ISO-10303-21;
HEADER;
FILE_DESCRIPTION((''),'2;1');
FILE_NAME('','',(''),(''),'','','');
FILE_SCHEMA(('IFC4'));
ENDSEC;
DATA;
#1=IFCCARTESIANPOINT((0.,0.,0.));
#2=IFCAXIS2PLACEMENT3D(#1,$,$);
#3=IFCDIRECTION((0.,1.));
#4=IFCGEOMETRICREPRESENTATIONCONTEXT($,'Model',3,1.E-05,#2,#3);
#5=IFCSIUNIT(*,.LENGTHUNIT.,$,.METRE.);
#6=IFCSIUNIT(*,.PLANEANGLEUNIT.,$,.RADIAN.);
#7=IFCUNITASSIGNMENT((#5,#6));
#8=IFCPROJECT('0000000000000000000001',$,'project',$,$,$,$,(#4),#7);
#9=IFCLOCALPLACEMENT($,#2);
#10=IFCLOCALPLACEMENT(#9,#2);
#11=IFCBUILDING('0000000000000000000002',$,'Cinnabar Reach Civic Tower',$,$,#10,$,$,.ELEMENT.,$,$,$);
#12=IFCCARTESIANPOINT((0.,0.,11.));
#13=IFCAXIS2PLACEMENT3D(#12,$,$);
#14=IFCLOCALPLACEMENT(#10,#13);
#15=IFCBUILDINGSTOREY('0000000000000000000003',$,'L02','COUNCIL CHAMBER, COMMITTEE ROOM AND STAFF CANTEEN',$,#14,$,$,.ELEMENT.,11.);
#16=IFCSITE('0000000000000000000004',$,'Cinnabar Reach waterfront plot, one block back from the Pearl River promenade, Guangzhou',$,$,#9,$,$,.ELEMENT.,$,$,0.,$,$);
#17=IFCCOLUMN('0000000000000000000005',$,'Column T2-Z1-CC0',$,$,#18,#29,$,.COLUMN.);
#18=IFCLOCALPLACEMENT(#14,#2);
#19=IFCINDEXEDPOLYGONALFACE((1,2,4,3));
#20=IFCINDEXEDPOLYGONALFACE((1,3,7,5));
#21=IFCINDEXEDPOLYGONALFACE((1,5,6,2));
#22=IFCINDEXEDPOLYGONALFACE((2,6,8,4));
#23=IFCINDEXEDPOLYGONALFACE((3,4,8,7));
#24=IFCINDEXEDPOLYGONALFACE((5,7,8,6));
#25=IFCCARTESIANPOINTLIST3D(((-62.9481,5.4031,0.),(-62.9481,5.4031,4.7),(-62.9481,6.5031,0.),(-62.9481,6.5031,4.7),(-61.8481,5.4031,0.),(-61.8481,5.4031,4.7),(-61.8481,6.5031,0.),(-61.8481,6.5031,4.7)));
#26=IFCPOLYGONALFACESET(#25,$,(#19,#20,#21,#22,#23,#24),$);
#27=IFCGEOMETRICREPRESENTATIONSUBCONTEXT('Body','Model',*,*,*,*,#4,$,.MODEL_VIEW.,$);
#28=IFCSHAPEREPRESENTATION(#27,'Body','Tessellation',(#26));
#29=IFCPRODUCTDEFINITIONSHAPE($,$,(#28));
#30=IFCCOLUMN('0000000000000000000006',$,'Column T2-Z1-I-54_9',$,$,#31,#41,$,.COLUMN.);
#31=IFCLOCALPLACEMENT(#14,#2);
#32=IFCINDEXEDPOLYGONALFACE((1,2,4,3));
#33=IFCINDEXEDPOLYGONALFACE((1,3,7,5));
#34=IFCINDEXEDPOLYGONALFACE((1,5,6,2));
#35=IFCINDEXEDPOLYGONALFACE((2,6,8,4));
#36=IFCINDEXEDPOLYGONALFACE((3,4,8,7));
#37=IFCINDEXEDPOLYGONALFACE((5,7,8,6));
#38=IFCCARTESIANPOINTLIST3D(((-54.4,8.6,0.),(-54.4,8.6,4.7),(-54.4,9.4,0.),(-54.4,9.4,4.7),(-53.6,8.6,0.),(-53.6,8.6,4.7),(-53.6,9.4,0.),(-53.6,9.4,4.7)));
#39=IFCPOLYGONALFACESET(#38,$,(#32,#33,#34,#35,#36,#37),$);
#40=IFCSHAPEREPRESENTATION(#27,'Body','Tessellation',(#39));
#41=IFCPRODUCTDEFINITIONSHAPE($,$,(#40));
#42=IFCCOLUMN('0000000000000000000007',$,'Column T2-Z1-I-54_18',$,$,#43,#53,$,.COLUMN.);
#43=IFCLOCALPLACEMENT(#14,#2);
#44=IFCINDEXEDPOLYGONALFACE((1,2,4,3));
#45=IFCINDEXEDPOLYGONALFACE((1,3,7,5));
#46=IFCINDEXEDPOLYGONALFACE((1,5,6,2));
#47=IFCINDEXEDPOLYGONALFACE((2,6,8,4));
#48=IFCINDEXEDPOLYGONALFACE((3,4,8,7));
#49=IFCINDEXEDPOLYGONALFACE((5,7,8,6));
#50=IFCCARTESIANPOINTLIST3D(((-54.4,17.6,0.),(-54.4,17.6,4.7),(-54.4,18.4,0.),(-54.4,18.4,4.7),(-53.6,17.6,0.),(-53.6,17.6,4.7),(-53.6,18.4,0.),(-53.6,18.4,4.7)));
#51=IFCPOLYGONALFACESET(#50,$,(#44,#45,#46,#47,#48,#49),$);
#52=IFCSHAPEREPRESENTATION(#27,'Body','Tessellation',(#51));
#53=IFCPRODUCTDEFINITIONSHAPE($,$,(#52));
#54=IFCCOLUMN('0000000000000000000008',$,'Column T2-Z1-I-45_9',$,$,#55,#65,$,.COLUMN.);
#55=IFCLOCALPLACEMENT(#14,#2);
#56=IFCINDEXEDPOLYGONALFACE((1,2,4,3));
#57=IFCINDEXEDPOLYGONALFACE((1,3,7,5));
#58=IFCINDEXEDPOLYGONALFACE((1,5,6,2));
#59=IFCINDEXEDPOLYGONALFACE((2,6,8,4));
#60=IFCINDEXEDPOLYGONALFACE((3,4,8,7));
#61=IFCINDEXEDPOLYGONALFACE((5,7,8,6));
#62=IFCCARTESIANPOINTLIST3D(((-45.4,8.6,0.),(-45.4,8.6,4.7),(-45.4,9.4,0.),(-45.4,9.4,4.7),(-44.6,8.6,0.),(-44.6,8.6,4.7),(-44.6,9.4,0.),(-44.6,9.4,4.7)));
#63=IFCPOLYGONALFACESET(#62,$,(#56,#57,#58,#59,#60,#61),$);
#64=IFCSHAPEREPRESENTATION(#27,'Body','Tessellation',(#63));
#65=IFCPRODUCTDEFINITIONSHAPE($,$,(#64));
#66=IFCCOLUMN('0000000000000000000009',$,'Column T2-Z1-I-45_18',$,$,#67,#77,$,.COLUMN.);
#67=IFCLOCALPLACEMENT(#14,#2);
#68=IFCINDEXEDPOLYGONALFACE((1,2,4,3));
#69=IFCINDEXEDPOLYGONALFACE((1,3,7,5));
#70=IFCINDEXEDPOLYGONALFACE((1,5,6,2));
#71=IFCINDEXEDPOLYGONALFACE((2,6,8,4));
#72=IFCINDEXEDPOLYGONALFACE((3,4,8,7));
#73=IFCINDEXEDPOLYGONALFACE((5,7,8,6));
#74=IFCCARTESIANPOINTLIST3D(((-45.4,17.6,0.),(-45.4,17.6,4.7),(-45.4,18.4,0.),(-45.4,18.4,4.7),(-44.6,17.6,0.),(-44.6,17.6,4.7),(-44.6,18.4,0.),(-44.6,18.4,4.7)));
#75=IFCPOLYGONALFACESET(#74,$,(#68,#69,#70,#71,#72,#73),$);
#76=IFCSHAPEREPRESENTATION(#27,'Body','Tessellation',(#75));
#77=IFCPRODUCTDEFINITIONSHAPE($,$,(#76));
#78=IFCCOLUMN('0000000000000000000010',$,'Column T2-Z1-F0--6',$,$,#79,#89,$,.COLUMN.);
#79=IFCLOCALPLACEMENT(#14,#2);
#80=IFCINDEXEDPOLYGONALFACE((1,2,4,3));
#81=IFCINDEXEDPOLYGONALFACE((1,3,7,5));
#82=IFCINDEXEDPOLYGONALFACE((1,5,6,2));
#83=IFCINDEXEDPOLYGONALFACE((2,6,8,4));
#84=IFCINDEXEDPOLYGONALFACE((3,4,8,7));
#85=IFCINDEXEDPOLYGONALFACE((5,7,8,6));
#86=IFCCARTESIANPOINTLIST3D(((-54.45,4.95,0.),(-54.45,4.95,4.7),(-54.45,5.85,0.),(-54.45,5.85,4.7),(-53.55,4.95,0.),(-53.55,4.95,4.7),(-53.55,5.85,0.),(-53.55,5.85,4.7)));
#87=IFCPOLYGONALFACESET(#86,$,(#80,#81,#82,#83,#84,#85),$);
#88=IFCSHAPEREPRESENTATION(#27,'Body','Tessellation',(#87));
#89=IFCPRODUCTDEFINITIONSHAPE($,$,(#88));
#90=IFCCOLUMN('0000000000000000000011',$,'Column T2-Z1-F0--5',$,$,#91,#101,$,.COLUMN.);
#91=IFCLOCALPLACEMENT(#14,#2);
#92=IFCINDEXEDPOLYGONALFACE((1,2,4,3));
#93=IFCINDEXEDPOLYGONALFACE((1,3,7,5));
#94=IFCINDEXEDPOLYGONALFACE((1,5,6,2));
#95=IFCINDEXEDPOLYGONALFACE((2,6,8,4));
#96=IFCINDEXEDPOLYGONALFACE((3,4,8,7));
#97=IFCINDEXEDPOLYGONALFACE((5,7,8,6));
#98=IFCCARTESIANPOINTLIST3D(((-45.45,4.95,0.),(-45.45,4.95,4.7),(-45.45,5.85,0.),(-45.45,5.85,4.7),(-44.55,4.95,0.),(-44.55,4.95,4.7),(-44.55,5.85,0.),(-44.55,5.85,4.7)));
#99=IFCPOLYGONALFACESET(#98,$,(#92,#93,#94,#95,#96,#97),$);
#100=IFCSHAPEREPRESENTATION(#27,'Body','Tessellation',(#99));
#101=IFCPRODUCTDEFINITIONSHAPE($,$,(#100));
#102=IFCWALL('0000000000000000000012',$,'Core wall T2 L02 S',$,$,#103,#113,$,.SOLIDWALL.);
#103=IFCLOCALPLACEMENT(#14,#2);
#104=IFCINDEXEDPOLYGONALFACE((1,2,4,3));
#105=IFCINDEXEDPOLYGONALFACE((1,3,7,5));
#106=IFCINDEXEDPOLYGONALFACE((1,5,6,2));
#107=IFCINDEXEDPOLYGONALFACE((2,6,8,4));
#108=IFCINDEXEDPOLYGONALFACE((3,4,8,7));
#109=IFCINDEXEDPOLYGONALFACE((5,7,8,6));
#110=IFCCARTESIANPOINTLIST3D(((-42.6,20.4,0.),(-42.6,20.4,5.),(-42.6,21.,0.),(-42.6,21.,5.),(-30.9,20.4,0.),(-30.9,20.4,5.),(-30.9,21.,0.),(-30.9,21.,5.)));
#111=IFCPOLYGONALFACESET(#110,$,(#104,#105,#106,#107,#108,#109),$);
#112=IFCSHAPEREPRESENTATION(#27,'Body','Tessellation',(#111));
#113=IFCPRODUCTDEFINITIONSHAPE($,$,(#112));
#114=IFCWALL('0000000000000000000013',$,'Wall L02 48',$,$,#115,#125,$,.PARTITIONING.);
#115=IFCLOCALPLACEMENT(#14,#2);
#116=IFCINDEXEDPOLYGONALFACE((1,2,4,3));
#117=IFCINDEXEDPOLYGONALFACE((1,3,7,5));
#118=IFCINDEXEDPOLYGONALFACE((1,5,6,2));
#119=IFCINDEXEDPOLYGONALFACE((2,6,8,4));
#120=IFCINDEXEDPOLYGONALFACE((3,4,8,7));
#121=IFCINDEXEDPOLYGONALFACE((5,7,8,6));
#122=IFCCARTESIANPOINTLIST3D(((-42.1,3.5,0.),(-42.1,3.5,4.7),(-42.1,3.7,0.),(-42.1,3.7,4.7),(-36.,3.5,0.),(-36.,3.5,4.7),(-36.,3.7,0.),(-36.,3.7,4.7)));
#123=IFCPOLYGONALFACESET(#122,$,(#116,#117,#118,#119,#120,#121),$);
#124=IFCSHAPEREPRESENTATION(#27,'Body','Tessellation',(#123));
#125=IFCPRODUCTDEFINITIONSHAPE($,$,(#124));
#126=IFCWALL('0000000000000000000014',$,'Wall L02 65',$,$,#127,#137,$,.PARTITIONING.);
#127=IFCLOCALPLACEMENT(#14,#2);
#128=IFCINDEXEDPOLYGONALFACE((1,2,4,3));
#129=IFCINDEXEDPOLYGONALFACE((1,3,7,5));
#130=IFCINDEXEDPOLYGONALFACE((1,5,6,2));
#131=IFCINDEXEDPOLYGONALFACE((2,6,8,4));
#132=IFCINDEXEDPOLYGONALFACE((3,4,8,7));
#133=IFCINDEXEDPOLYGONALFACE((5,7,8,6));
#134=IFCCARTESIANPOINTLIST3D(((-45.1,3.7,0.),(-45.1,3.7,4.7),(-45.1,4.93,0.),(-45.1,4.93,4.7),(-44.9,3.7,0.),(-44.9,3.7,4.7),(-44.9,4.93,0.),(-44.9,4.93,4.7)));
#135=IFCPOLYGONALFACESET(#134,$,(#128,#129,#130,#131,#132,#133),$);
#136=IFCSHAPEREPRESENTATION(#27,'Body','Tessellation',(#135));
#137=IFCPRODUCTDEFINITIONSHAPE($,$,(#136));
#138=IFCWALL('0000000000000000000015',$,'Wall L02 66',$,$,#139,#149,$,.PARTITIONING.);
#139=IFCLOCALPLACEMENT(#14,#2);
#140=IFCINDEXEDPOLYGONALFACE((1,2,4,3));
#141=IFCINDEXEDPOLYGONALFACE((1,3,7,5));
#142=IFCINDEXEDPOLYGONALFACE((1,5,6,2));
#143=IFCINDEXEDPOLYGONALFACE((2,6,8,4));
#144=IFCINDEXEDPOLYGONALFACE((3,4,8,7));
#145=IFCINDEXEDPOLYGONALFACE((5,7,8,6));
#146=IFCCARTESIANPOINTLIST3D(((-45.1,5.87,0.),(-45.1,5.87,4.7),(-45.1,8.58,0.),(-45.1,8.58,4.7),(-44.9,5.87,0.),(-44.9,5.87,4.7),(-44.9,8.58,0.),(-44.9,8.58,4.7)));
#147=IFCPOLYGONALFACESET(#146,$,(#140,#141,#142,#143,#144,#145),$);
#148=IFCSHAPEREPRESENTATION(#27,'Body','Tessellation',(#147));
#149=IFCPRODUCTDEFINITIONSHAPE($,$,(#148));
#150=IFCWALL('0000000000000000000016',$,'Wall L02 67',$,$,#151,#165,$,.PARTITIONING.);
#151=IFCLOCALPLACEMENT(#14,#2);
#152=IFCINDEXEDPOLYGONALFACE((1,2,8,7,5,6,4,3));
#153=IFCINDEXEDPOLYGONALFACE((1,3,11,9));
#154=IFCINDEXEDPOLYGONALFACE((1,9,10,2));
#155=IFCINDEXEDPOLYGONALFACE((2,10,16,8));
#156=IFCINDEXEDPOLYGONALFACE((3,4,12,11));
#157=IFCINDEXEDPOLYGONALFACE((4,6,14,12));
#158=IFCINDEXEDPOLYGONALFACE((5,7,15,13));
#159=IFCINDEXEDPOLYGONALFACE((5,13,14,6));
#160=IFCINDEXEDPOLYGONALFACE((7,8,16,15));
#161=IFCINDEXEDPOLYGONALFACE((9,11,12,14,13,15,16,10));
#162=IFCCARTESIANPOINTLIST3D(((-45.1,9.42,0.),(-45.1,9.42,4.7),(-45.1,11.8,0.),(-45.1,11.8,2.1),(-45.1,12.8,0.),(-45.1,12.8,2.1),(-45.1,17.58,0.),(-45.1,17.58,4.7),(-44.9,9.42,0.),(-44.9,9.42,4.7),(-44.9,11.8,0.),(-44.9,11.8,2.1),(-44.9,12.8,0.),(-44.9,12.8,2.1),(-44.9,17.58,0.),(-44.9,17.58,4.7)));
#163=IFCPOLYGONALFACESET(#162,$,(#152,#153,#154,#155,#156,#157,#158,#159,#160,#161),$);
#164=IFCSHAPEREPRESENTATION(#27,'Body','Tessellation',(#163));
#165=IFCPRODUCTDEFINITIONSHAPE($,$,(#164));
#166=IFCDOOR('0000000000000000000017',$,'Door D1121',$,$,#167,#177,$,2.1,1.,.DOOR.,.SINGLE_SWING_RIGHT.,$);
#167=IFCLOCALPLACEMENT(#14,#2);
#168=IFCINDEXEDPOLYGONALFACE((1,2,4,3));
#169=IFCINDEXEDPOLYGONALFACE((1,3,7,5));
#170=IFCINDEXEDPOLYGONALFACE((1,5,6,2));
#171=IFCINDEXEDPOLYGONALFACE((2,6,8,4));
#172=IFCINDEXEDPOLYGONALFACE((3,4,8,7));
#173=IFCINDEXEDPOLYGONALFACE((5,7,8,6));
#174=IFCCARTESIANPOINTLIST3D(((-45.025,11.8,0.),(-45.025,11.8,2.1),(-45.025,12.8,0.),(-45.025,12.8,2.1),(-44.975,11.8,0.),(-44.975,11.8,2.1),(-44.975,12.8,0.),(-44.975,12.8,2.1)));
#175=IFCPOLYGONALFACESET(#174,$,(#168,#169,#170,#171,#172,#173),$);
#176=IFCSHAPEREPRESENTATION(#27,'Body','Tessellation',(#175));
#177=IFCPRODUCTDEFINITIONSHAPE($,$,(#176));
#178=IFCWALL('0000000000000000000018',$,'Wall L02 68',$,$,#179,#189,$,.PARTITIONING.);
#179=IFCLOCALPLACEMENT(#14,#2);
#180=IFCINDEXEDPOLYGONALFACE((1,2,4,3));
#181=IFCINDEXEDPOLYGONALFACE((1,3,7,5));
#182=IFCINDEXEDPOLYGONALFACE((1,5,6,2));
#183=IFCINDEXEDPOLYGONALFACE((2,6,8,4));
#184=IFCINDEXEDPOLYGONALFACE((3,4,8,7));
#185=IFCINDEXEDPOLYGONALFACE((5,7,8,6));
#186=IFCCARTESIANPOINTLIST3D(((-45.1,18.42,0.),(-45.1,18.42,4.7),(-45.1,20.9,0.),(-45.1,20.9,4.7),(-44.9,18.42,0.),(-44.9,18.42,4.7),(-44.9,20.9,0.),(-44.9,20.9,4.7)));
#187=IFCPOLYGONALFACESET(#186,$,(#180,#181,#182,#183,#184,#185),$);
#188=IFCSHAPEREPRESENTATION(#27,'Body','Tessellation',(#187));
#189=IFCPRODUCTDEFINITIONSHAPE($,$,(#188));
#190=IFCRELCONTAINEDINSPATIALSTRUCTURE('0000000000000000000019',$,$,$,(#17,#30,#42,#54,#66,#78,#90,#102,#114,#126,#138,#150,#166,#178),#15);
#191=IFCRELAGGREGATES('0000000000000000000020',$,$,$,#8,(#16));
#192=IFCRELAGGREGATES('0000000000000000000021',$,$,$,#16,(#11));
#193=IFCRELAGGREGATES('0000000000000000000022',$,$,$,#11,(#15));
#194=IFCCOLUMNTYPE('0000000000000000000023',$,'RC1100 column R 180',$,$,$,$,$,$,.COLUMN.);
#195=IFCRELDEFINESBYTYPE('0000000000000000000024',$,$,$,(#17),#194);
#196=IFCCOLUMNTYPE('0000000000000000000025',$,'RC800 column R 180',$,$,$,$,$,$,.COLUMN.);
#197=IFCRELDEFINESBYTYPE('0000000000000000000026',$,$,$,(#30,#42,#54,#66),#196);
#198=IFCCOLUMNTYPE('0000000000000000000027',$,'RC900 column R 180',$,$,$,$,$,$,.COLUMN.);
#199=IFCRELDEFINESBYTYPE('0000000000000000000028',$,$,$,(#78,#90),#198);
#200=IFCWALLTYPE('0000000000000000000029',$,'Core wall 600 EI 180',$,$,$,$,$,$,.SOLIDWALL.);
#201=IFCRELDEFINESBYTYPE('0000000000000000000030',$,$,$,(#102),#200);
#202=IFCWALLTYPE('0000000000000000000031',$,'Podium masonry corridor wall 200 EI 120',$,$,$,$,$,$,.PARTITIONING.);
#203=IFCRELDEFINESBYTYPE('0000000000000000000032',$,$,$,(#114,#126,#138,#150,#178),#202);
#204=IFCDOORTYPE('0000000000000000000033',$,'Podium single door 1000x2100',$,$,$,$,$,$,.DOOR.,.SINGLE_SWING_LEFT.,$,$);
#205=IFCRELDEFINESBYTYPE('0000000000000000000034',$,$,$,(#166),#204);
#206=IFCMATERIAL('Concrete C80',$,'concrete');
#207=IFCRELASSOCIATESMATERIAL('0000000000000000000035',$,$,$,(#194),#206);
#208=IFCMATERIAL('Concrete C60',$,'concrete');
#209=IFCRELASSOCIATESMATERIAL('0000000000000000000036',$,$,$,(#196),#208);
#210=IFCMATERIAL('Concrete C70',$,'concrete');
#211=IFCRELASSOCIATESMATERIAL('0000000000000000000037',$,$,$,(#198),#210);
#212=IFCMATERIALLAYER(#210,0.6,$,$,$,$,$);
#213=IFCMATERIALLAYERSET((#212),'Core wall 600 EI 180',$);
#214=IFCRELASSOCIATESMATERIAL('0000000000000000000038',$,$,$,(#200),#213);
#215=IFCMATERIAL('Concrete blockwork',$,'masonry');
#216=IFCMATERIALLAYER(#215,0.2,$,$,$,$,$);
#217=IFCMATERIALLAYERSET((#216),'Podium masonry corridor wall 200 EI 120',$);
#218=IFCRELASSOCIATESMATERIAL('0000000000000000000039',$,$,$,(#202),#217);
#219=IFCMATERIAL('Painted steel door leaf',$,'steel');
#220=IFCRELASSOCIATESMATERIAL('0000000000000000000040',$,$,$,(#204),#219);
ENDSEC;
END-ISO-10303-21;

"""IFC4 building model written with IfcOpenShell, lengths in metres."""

from ifc_helpers import new_model, si_unit, direction, frame, frame_2d, origin, origin_2d, place, context, subcontext, project, spatial, rectangle, extrude, material, layer, layer_set, material_profile, profile_set, type_object, element, fill, save


model = new_model("IFC4")

# Units and contexts
model_context = context("Model", 3, precision=1e-05, world=origin(), true_north=direction((0.0, 1.0)))
body_context = subcontext(model_context, "Body", "Model", "MODEL_VIEW")
ifc_project = project(units=[si_unit("LENGTHUNIT", "METRE"), si_unit("PLANEANGLEUNIT", "RADIAN")], contexts=[model_context])

# Site, building, storey
site_placement = place(None, origin())
site = spatial("IfcSite", under=ifc_project, at=site_placement, Name="Cinnabar Reach waterfront plot, one block back from the Pearl River promenade, Guangzhou", CompositionType="ELEMENT", RefElevation=0.0)
building_placement = place(site_placement, origin())
building = spatial("IfcBuilding", under=site, at=building_placement, Name="Cinnabar Reach Civic Tower", CompositionType="ELEMENT")
storey_placement = place(building_placement, frame((0.0, 0.0, 11.0)))
storey = spatial("IfcBuildingStorey", under=building, at=storey_placement, Name="L02", Description="COUNCIL CHAMBER, COMMITTEE ROOM AND STAFF CANTEEN", CompositionType="ELEMENT", Elevation=11.0)

# Columns
ifc_material_1 = material(Name="Concrete C80", Category="concrete")
ifc_material_profile_1 = material_profile(ifc_material_1, rectangle(XDim=1.1, YDim=1.1, at=origin_2d()), Name="RC1100")
ifc_profile_set_1 = profile_set([ifc_material_profile_1], Name="Concrete C80")
column_type_1 = type_object("IfcColumnType", Name="RC1100 column R 180", PredefinedType="COLUMN", material=ifc_profile_set_1)
column_placement = place(storey_placement, frame((-62.3981, 5.9531, 0.0), z_axis=(0.0, 0.0, 1.0), x_axis=(1.0, 0.0, 0.0)))
element("IfcColumn", 1, at=column_placement, inside=storey, type_object=column_type_1, Name="Column T2-Z1-CC0", PredefinedType="COLUMN", context=body_context, shape_type="SweptSolid", body=[
    extrude(rectangle(XDim=1.1, YDim=1.1, at=origin_2d()), origin(), (0.0, 0.0, 1.0), 4.7),
])
ifc_material_2 = material(Name="Concrete C60", Category="concrete")
ifc_material_profile_2 = material_profile(ifc_material_2, rectangle(XDim=0.8, YDim=0.8, at=origin_2d()), Name="RC800")
ifc_profile_set_2 = profile_set([ifc_material_profile_2], Name="Concrete C60")
column_type_2 = type_object("IfcColumnType", Name="RC800 column R 180", PredefinedType="COLUMN", material=ifc_profile_set_2)
for number, where, z_axis, x_axis, name in (
    (2, (-54.0, 9.0, 0.0), (0.0, 0.0, 1.0), (1.0, 0.0, 0.0), "Column T2-Z1-I-54_9"),
    (3, (-54.0, 18.0, 0.0), (0.0, 0.0, 1.0), (1.0, 0.0, 0.0), "Column T2-Z1-I-54_18"),
    (4, (-45.0, 9.0, 0.0), (0.0, 0.0, 1.0), (1.0, 0.0, 0.0), "Column T2-Z1-I-45_9"),
    (5, (-45.0, 18.0, 0.0), (0.0, 0.0, 1.0), (1.0, 0.0, 0.0), "Column T2-Z1-I-45_18"),
):
    element("IfcColumn", number, at=place(storey_placement, frame(where, z_axis=z_axis, x_axis=x_axis)), inside=storey, type_object=column_type_2, Name=name, PredefinedType="COLUMN", context=body_context, shape_type="SweptSolid", body=[
        extrude(rectangle(XDim=0.8, YDim=0.8, at=origin_2d()), origin(), (0.0, 0.0, 1.0), 4.7),
    ])
ifc_material_3 = material(Name="Concrete C70", Category="concrete")
ifc_material_profile_3 = material_profile(ifc_material_3, rectangle(XDim=0.9, YDim=0.9, at=origin_2d()), Name="RC900")
ifc_profile_set_3 = profile_set([ifc_material_profile_3], Name="Concrete C70")
column_type_3 = type_object("IfcColumnType", Name="RC900 column R 180", PredefinedType="COLUMN", material=ifc_profile_set_3)
for number, where, z_axis, x_axis, name in (
    (6, (-54.0, 5.4, 0.0), (0.0, 0.0, 1.0), (1.0, 0.0, 0.0), "Column T2-Z1-F0--6"),
    (7, (-45.0, 5.4, 0.0), (0.0, 0.0, 1.0), (1.0, 0.0, 0.0), "Column T2-Z1-F0--5"),
):
    element("IfcColumn", number, at=place(storey_placement, frame(where, z_axis=z_axis, x_axis=x_axis)), inside=storey, type_object=column_type_3, Name=name, PredefinedType="COLUMN", context=body_context, shape_type="SweptSolid", body=[
        extrude(rectangle(XDim=0.9, YDim=0.9, at=origin_2d()), origin(), (0.0, 0.0, 1.0), 4.7),
    ])

# Walls
ifc_layer_1 = layer(ifc_material_3, 0.6)
ifc_layer_set_1 = layer_set([ifc_layer_1], Name="Core wall 600 EI 180")
wall_type_1 = type_object("IfcWallType", Name="Core wall 600 EI 180", PredefinedType="SOLIDWALL", material=ifc_layer_set_1)
wall_1_placement = place(storey_placement, frame((-42.6, 20.7, 0.0), z_axis=(0.0, 0.0, 1.0), x_axis=(1.0, 0.0, 0.0)))
element("IfcWall", 8, at=wall_1_placement, inside=storey, type_object=wall_type_1, Name="Core wall T2 L02 S", PredefinedType="SOLIDWALL", context=body_context, shape_type="SweptSolid", body=[
    extrude(rectangle(XDim=11.7, YDim=0.6, at=frame_2d((5.85, 0.0))), origin(), (0.0, 0.0, 1.0), 5.0),
])
ifc_material_4 = material(Name="Concrete blockwork", Category="masonry")
ifc_layer_2 = layer(ifc_material_4, 0.2)
ifc_layer_set_2 = layer_set([ifc_layer_2], Name="Podium masonry corridor wall 200 EI 120")
wall_type_2 = type_object("IfcWallType", Name="Podium masonry corridor wall 200 EI 120", PredefinedType="PARTITIONING", material=ifc_layer_set_2)
wall_2_placement = place(storey_placement, frame((-42.1, 3.6, 0.0), z_axis=(0.0, 0.0, 1.0), x_axis=(1.0, 0.0, 0.0)))
element("IfcWall", 9, at=wall_2_placement, inside=storey, type_object=wall_type_2, Name="Wall L02 48", PredefinedType="PARTITIONING", context=body_context, shape_type="SweptSolid", body=[
    extrude(rectangle(XDim=6.1, YDim=0.2, at=frame_2d((3.05, 0.0))), origin(), (0.0, 0.0, 1.0), 4.7),
])
wall_3_placement = place(storey_placement, frame((-45.0, 3.7, 0.0), z_axis=(0.0, 0.0, 1.0), x_axis=(0.0, 1.0, 0.0)))
element("IfcWall", 10, at=wall_3_placement, inside=storey, type_object=wall_type_2, Name="Wall L02 65", PredefinedType="PARTITIONING", context=body_context, shape_type="SweptSolid", body=[
    extrude(rectangle(XDim=1.23, YDim=0.2, at=frame_2d((0.615, 0.0))), origin(), (0.0, 0.0, 1.0), 4.7),
])
wall_4_placement = place(storey_placement, frame((-45.0, 5.87, 0.0), z_axis=(0.0, 0.0, 1.0), x_axis=(0.0, 1.0, 0.0)))
element("IfcWall", 11, at=wall_4_placement, inside=storey, type_object=wall_type_2, Name="Wall L02 66", PredefinedType="PARTITIONING", context=body_context, shape_type="SweptSolid", body=[
    extrude(rectangle(XDim=2.71, YDim=0.2, at=frame_2d((1.355, 0.0))), origin(), (0.0, 0.0, 1.0), 4.7),
])

# Wall, opening, door
wall_5_placement = place(storey_placement, frame((-45.0, 9.42, 0.0), z_axis=(0.0, 0.0, 1.0), x_axis=(0.0, 1.0, 0.0)))
wall_5 = element("IfcWall", 12, at=wall_5_placement, inside=storey, type_object=wall_type_2, Name="Wall L02 67", PredefinedType="PARTITIONING", context=body_context, shape_type="SweptSolid", body=[
    extrude(rectangle(XDim=8.16, YDim=0.2, at=frame_2d((4.08, 0.0))), origin(), (0.0, 0.0, 1.0), 4.7),
])
opening_1_placement = place(wall_5_placement, frame((2.38, 0.0, 0.0)))
opening_1 = element("IfcOpeningElement", 13, at=opening_1_placement, cuts=wall_5, PredefinedType="OPENING", context=body_context, shape_type="SweptSolid", body=[
    extrude(rectangle(XDim=1.0, YDim=2.1, at=frame_2d((0.5, 1.05))), frame((0.0, 0.11, 0.0), z_axis=(0.0, -1.0, 0.0), x_axis=(1.0, 0.0, 0.0)), (0.0, 0.0, 1.0), 0.22),
])
ifc_material_5 = material(Name="Painted steel door leaf", Category="steel")
door_type = type_object("IfcDoorType", Name="Podium single door 1000x2100", OperationType="SINGLE_SWING_LEFT", PredefinedType="DOOR", material=ifc_material_5)
door_1_placement = place(opening_1_placement, origin())
door_1 = element("IfcDoor", 14, at=door_1_placement, inside=storey, type_object=door_type, Name="Door D1121", OperationType="SINGLE_SWING_RIGHT", OverallHeight=2.1, OverallWidth=1.0, PredefinedType="DOOR", context=body_context, shape_type="SweptSolid", body=[
    extrude(rectangle(XDim=1.0, YDim=2.1, at=frame_2d((0.5, 1.05))), frame((0.0, 0.025, 0.0), z_axis=(0.0, -1.0, 0.0), x_axis=(1.0, 0.0, 0.0)), (0.0, 0.0, 1.0), 0.05),
])
fill(opening_1, door_1)

# Wall
wall_6_placement = place(storey_placement, frame((-45.0, 18.42, 0.0), z_axis=(0.0, 0.0, 1.0), x_axis=(0.0, 1.0, 0.0)))
element("IfcWall", 15, at=wall_6_placement, inside=storey, type_object=wall_type_2, Name="Wall L02 68", PredefinedType="PARTITIONING", context=body_context, shape_type="SweptSolid", body=[
    extrude(rectangle(XDim=2.48, YDim=0.2, at=frame_2d((1.24, 0.0))), origin(), (0.0, 0.0, 1.0), 4.7),
])

save(model, "model.ifc")
